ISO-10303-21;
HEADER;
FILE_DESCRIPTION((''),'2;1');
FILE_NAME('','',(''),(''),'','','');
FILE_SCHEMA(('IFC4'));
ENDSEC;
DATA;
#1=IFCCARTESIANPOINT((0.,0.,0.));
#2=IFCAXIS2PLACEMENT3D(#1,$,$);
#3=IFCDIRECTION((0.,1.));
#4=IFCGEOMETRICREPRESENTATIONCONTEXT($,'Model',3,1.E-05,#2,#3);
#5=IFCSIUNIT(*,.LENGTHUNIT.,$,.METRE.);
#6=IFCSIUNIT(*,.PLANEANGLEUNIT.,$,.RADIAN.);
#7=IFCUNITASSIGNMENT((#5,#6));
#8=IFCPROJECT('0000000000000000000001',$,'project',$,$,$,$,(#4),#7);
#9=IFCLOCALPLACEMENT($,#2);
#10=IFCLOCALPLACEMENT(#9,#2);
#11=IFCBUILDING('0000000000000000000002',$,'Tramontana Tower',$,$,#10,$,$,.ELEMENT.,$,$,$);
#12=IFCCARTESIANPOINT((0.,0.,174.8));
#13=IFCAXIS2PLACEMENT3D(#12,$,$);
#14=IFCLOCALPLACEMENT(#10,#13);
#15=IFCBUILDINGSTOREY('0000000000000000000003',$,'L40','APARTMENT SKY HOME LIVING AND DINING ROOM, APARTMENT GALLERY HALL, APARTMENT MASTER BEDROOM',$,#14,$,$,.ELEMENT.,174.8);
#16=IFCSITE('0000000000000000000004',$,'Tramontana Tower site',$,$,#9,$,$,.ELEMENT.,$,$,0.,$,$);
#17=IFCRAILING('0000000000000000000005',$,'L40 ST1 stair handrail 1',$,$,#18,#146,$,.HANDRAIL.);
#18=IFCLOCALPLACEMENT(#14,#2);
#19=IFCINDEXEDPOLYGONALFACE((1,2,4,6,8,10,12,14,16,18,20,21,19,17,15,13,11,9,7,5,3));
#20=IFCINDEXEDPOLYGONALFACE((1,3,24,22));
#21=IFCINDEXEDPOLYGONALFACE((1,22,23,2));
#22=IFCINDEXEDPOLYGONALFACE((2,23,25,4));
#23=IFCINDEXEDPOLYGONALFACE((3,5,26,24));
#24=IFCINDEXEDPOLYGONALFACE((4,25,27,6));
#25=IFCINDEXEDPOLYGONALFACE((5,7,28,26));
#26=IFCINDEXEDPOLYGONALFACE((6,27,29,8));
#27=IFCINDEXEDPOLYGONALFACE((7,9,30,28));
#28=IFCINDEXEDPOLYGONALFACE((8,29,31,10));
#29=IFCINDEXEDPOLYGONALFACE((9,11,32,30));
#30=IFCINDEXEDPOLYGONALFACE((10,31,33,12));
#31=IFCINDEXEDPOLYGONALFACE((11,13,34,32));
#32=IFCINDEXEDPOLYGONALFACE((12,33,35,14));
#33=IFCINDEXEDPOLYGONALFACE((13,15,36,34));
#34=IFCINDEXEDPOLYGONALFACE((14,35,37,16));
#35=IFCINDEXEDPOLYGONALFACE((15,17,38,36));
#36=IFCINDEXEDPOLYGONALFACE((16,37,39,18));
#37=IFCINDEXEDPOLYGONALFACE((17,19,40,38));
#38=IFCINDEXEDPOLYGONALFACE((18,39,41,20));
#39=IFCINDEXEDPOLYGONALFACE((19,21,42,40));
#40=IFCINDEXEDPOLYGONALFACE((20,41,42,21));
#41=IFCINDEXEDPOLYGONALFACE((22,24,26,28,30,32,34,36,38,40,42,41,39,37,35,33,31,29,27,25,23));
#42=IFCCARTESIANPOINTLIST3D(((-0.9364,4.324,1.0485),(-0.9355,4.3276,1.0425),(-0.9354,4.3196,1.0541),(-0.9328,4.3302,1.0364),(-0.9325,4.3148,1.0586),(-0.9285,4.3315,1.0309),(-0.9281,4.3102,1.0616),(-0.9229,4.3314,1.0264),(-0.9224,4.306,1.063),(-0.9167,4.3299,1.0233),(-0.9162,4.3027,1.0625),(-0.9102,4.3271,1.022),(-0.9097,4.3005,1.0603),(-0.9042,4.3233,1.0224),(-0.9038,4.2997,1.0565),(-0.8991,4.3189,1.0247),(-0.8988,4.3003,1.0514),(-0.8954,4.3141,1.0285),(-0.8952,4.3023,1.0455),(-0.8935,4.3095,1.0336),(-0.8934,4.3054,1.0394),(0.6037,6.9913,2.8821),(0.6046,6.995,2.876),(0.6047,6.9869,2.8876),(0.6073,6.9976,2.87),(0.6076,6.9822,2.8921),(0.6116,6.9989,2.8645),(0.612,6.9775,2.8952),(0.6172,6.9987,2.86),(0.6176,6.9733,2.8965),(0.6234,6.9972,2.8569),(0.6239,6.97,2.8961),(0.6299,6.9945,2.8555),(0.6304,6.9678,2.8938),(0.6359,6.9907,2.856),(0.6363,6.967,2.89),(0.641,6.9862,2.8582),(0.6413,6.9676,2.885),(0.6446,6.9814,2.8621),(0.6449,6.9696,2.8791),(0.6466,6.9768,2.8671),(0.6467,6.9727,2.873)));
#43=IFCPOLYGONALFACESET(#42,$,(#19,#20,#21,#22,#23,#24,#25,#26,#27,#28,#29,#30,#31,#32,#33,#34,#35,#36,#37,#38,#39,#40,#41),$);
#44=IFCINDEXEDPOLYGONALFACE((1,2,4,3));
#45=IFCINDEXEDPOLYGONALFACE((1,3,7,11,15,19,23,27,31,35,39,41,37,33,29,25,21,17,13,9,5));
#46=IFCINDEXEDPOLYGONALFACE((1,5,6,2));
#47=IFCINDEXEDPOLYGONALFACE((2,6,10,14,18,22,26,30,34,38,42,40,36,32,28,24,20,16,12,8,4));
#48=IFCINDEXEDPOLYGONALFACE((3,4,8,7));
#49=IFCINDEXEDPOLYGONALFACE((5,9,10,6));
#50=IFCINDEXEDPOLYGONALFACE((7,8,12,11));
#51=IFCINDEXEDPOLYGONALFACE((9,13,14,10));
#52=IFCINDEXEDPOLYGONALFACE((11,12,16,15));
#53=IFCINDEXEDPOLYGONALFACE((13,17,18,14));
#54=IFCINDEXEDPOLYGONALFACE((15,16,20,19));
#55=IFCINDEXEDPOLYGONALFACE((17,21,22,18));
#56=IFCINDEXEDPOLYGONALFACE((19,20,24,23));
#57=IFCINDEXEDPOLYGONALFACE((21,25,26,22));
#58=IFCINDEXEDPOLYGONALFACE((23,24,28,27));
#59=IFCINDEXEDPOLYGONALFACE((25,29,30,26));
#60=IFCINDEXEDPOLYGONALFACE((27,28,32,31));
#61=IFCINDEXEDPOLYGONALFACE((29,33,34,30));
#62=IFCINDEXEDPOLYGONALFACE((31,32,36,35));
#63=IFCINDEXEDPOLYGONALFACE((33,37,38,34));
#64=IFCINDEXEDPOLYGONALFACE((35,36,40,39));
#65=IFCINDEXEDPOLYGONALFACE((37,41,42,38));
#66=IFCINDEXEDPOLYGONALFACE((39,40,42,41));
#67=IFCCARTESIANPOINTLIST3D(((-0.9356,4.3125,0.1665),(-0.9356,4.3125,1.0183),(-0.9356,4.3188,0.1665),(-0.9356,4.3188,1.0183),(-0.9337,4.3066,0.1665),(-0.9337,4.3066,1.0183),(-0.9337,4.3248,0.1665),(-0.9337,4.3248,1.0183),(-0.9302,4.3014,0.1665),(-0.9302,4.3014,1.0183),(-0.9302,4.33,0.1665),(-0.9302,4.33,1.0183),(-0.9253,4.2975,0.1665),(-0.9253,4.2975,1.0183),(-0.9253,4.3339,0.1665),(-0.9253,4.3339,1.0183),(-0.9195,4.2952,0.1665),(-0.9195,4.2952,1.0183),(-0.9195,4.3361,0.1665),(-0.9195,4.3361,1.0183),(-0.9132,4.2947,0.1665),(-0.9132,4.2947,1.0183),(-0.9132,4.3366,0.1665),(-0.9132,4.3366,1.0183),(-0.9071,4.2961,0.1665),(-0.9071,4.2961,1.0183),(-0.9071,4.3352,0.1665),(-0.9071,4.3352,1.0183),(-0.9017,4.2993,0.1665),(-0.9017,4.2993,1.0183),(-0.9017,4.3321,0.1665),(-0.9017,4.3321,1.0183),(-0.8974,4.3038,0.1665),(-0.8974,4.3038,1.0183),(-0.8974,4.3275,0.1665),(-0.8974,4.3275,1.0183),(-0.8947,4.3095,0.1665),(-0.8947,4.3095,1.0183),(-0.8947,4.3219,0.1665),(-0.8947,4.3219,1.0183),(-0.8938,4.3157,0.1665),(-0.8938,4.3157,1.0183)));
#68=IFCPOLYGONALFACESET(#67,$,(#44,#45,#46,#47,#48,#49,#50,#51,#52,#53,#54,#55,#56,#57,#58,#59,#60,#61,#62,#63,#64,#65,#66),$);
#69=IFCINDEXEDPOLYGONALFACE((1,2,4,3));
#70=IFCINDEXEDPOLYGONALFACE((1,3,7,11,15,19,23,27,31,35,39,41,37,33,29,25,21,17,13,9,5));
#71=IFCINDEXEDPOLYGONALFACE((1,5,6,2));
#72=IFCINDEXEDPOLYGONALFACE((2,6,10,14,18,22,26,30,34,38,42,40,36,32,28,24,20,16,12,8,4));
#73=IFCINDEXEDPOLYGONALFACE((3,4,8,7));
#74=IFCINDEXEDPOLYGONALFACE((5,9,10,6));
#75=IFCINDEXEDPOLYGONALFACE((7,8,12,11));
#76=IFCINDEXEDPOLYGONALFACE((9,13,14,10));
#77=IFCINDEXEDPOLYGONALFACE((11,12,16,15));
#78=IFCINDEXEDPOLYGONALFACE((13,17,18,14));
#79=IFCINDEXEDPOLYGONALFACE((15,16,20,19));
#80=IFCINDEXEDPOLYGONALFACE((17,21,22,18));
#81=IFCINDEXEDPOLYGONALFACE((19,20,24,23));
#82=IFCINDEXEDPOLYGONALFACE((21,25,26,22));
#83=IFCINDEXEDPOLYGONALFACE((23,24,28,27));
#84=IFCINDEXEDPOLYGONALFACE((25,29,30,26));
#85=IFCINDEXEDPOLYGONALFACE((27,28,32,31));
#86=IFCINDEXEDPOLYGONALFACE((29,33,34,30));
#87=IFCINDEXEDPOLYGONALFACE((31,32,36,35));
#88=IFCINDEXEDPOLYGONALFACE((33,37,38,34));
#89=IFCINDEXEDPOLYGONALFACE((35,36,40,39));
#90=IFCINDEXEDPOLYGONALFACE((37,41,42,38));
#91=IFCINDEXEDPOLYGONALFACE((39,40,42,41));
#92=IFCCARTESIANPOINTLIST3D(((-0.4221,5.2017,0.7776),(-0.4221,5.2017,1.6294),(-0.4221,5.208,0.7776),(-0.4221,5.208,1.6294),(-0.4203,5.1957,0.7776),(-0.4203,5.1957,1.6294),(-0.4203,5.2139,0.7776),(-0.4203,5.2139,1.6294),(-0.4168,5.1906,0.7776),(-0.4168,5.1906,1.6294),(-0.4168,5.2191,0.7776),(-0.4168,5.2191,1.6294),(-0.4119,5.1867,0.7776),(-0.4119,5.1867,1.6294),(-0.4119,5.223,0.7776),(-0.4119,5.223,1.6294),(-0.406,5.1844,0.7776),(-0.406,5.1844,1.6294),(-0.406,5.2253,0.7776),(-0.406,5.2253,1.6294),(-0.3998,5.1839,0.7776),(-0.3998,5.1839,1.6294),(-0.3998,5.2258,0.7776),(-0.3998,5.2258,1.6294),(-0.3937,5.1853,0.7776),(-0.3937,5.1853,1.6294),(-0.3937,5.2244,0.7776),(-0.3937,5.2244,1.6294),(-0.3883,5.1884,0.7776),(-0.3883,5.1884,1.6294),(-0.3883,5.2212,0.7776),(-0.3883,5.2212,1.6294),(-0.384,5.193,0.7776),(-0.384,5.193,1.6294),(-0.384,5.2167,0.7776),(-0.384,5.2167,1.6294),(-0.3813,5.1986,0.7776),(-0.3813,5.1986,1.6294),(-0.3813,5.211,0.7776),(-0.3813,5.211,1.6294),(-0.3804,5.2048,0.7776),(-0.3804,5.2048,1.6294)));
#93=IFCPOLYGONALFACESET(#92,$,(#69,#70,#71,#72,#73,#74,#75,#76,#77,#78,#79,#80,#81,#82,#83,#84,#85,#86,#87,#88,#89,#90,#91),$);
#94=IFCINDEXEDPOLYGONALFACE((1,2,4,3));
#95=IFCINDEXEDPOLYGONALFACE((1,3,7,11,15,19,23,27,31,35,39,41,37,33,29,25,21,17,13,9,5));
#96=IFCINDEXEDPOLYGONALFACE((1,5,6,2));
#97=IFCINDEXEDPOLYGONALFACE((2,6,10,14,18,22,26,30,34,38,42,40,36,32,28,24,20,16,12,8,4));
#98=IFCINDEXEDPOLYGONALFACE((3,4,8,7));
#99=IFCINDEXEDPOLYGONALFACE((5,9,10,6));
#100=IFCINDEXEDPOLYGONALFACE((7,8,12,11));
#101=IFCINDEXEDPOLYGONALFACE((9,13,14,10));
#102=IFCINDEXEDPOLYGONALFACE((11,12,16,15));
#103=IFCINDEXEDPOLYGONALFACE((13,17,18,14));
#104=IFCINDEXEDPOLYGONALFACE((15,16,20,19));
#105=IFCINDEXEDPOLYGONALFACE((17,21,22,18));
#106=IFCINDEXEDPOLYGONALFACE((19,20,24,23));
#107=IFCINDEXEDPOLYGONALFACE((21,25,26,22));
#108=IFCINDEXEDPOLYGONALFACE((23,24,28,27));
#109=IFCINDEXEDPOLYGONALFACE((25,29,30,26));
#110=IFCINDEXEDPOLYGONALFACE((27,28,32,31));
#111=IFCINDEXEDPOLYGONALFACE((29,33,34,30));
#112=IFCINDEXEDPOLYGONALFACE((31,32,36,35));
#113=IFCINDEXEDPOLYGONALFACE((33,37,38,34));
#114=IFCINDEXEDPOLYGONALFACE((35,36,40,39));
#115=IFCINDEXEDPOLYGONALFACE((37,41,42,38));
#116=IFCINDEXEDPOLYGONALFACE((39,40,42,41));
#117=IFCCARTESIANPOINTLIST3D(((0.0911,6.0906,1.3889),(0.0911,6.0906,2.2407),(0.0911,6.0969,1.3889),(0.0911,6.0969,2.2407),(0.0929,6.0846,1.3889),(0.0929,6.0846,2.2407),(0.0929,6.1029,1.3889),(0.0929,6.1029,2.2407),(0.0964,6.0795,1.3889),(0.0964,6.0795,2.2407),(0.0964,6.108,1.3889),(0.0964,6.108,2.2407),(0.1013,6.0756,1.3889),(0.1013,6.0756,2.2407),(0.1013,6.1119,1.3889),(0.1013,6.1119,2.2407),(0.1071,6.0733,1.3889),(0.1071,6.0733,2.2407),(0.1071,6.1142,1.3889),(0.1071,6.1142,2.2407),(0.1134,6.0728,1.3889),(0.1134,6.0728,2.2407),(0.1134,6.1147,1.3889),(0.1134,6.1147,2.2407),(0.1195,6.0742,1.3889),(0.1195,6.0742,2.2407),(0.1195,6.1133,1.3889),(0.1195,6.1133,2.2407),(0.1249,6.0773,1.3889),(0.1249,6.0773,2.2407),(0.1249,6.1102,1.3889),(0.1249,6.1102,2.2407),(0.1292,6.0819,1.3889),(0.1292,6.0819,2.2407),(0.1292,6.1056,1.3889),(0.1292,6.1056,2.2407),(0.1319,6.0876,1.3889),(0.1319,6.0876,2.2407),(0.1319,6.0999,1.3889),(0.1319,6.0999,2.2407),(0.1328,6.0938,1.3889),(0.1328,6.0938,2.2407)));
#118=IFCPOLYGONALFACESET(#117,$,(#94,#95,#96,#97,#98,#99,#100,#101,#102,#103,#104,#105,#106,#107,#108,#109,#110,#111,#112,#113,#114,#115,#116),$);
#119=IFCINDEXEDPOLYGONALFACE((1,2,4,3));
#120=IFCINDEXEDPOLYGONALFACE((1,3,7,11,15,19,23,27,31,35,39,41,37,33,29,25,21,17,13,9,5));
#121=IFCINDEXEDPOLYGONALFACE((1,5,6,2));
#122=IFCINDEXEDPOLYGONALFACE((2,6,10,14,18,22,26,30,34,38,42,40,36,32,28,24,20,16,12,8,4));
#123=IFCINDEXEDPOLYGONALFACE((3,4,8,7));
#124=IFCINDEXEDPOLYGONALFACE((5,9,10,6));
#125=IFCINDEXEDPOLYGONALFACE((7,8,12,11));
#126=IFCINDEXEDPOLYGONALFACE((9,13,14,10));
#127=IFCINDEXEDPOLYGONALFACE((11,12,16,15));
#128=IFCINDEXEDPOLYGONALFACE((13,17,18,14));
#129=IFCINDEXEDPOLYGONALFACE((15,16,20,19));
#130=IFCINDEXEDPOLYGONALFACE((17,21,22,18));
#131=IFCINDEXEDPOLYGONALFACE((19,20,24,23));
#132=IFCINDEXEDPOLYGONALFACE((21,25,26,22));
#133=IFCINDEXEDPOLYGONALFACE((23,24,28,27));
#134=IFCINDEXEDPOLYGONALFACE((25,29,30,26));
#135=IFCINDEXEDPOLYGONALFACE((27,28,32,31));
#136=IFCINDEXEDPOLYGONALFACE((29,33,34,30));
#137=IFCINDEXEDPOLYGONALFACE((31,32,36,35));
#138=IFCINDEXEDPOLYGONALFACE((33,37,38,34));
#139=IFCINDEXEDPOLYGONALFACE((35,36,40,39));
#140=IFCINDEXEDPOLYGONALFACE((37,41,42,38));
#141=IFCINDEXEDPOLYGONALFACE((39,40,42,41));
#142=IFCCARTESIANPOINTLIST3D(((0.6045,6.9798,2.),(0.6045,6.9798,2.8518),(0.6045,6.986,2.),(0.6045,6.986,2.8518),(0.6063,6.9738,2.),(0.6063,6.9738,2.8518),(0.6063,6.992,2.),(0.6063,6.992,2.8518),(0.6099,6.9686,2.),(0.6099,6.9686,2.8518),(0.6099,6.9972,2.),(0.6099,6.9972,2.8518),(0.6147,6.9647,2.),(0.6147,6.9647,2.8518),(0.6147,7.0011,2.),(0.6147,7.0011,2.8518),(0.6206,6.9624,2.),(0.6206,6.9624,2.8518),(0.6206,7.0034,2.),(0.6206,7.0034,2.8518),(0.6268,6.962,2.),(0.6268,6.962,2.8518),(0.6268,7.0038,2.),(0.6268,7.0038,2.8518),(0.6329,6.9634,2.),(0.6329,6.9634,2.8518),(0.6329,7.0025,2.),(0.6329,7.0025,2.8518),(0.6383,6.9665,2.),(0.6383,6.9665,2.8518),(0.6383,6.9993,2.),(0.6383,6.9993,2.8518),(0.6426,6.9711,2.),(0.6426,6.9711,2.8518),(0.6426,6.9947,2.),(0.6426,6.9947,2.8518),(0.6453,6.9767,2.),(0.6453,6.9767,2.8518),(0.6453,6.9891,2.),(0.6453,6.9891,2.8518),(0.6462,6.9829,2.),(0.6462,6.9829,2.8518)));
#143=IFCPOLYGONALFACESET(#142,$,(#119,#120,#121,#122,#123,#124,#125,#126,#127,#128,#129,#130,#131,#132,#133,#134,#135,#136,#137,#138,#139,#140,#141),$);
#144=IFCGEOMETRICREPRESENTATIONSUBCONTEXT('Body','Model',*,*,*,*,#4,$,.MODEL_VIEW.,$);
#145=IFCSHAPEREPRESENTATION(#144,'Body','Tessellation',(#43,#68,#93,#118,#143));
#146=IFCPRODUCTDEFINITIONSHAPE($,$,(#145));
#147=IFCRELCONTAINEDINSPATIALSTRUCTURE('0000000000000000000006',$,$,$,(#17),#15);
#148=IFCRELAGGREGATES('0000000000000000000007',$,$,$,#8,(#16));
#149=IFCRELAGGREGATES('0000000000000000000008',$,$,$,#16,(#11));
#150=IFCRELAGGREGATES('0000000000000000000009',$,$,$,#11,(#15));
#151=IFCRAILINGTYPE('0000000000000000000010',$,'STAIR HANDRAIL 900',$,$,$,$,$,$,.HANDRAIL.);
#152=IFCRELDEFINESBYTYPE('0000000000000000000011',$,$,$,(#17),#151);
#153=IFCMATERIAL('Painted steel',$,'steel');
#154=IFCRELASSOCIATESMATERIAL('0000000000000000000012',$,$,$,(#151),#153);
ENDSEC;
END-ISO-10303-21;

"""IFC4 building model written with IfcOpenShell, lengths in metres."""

from ifc_helpers import new_model, si_unit, direction, frame, origin, origin_2d, place, context, subcontext, project, spatial, circle, extrude, material, type_object, element, save


model = new_model("IFC4")

# Units and contexts
model_context = context("Model", 3, precision=1e-05, world=origin(), true_north=direction((0.0, 1.0)))
body_context = subcontext(model_context, "Body", "Model", "MODEL_VIEW")
ifc_project = project(units=[si_unit("LENGTHUNIT", "METRE"), si_unit("PLANEANGLEUNIT", "RADIAN")], contexts=[model_context])

# Site, building, storey
site_placement = place(None, origin())
site = spatial("IfcSite", under=ifc_project, at=site_placement, Name="Tramontana Tower site", CompositionType="ELEMENT", RefElevation=0.0)
building_placement = place(site_placement, origin())
building = spatial("IfcBuilding", under=site, at=building_placement, Name="Tramontana Tower", CompositionType="ELEMENT")
storey_placement = place(building_placement, frame((0.0, 0.0, 174.8)))
storey = spatial("IfcBuildingStorey", under=building, at=storey_placement, Name="L40", Description="APARTMENT SKY HOME LIVING AND DINING ROOM, APARTMENT GALLERY HALL, APARTMENT MASTER BEDROOM", CompositionType="ELEMENT", Elevation=174.8)

# Railing
ifc_material_1 = material(Name="Painted steel", Category="steel")
railing_type_1 = type_object("IfcRailingType", Name="STAIR HANDRAIL 900", PredefinedType="HANDRAIL", material=ifc_material_1)
railing_1_placement = place(storey_placement, frame((-0.9148, 4.3157, 0.1665)))
element("IfcRailing", 1, at=railing_1_placement, inside=storey, type_object=railing_type_1, Name="L40 ST1 stair handrail 1", PredefinedType="HANDRAIL", context=body_context, shape_type="SweptSolid", body=[
    extrude(circle(Radius=0.0239, at=origin_2d()), frame((0.0, 0.0, 0.876), z_axis=(0.429656, 0.744134, 0.511528), x_axis=(-0.86601, 0.500027, 0.0)), (0.0, 0.0, 1.0), 3.5845),
    extrude(circle(Radius=0.021, at=origin_2d()), origin(), (0.0, 0.0, 1.0), 0.8518),
    extrude(circle(Radius=0.021, at=origin_2d()), frame((0.5134, 0.8892, 0.6111)), (0.0, 0.0, 1.0), 0.8518),
    extrude(circle(Radius=0.021, at=origin_2d()), frame((1.0266, 1.7781, 1.2224)), (0.0, 0.0, 1.0), 0.8518),
    extrude(circle(Radius=0.021, at=origin_2d()), frame((1.54, 2.6672, 1.8335)), (0.0, 0.0, 1.0), 0.8518),
])

save(model, "model.ifc")
